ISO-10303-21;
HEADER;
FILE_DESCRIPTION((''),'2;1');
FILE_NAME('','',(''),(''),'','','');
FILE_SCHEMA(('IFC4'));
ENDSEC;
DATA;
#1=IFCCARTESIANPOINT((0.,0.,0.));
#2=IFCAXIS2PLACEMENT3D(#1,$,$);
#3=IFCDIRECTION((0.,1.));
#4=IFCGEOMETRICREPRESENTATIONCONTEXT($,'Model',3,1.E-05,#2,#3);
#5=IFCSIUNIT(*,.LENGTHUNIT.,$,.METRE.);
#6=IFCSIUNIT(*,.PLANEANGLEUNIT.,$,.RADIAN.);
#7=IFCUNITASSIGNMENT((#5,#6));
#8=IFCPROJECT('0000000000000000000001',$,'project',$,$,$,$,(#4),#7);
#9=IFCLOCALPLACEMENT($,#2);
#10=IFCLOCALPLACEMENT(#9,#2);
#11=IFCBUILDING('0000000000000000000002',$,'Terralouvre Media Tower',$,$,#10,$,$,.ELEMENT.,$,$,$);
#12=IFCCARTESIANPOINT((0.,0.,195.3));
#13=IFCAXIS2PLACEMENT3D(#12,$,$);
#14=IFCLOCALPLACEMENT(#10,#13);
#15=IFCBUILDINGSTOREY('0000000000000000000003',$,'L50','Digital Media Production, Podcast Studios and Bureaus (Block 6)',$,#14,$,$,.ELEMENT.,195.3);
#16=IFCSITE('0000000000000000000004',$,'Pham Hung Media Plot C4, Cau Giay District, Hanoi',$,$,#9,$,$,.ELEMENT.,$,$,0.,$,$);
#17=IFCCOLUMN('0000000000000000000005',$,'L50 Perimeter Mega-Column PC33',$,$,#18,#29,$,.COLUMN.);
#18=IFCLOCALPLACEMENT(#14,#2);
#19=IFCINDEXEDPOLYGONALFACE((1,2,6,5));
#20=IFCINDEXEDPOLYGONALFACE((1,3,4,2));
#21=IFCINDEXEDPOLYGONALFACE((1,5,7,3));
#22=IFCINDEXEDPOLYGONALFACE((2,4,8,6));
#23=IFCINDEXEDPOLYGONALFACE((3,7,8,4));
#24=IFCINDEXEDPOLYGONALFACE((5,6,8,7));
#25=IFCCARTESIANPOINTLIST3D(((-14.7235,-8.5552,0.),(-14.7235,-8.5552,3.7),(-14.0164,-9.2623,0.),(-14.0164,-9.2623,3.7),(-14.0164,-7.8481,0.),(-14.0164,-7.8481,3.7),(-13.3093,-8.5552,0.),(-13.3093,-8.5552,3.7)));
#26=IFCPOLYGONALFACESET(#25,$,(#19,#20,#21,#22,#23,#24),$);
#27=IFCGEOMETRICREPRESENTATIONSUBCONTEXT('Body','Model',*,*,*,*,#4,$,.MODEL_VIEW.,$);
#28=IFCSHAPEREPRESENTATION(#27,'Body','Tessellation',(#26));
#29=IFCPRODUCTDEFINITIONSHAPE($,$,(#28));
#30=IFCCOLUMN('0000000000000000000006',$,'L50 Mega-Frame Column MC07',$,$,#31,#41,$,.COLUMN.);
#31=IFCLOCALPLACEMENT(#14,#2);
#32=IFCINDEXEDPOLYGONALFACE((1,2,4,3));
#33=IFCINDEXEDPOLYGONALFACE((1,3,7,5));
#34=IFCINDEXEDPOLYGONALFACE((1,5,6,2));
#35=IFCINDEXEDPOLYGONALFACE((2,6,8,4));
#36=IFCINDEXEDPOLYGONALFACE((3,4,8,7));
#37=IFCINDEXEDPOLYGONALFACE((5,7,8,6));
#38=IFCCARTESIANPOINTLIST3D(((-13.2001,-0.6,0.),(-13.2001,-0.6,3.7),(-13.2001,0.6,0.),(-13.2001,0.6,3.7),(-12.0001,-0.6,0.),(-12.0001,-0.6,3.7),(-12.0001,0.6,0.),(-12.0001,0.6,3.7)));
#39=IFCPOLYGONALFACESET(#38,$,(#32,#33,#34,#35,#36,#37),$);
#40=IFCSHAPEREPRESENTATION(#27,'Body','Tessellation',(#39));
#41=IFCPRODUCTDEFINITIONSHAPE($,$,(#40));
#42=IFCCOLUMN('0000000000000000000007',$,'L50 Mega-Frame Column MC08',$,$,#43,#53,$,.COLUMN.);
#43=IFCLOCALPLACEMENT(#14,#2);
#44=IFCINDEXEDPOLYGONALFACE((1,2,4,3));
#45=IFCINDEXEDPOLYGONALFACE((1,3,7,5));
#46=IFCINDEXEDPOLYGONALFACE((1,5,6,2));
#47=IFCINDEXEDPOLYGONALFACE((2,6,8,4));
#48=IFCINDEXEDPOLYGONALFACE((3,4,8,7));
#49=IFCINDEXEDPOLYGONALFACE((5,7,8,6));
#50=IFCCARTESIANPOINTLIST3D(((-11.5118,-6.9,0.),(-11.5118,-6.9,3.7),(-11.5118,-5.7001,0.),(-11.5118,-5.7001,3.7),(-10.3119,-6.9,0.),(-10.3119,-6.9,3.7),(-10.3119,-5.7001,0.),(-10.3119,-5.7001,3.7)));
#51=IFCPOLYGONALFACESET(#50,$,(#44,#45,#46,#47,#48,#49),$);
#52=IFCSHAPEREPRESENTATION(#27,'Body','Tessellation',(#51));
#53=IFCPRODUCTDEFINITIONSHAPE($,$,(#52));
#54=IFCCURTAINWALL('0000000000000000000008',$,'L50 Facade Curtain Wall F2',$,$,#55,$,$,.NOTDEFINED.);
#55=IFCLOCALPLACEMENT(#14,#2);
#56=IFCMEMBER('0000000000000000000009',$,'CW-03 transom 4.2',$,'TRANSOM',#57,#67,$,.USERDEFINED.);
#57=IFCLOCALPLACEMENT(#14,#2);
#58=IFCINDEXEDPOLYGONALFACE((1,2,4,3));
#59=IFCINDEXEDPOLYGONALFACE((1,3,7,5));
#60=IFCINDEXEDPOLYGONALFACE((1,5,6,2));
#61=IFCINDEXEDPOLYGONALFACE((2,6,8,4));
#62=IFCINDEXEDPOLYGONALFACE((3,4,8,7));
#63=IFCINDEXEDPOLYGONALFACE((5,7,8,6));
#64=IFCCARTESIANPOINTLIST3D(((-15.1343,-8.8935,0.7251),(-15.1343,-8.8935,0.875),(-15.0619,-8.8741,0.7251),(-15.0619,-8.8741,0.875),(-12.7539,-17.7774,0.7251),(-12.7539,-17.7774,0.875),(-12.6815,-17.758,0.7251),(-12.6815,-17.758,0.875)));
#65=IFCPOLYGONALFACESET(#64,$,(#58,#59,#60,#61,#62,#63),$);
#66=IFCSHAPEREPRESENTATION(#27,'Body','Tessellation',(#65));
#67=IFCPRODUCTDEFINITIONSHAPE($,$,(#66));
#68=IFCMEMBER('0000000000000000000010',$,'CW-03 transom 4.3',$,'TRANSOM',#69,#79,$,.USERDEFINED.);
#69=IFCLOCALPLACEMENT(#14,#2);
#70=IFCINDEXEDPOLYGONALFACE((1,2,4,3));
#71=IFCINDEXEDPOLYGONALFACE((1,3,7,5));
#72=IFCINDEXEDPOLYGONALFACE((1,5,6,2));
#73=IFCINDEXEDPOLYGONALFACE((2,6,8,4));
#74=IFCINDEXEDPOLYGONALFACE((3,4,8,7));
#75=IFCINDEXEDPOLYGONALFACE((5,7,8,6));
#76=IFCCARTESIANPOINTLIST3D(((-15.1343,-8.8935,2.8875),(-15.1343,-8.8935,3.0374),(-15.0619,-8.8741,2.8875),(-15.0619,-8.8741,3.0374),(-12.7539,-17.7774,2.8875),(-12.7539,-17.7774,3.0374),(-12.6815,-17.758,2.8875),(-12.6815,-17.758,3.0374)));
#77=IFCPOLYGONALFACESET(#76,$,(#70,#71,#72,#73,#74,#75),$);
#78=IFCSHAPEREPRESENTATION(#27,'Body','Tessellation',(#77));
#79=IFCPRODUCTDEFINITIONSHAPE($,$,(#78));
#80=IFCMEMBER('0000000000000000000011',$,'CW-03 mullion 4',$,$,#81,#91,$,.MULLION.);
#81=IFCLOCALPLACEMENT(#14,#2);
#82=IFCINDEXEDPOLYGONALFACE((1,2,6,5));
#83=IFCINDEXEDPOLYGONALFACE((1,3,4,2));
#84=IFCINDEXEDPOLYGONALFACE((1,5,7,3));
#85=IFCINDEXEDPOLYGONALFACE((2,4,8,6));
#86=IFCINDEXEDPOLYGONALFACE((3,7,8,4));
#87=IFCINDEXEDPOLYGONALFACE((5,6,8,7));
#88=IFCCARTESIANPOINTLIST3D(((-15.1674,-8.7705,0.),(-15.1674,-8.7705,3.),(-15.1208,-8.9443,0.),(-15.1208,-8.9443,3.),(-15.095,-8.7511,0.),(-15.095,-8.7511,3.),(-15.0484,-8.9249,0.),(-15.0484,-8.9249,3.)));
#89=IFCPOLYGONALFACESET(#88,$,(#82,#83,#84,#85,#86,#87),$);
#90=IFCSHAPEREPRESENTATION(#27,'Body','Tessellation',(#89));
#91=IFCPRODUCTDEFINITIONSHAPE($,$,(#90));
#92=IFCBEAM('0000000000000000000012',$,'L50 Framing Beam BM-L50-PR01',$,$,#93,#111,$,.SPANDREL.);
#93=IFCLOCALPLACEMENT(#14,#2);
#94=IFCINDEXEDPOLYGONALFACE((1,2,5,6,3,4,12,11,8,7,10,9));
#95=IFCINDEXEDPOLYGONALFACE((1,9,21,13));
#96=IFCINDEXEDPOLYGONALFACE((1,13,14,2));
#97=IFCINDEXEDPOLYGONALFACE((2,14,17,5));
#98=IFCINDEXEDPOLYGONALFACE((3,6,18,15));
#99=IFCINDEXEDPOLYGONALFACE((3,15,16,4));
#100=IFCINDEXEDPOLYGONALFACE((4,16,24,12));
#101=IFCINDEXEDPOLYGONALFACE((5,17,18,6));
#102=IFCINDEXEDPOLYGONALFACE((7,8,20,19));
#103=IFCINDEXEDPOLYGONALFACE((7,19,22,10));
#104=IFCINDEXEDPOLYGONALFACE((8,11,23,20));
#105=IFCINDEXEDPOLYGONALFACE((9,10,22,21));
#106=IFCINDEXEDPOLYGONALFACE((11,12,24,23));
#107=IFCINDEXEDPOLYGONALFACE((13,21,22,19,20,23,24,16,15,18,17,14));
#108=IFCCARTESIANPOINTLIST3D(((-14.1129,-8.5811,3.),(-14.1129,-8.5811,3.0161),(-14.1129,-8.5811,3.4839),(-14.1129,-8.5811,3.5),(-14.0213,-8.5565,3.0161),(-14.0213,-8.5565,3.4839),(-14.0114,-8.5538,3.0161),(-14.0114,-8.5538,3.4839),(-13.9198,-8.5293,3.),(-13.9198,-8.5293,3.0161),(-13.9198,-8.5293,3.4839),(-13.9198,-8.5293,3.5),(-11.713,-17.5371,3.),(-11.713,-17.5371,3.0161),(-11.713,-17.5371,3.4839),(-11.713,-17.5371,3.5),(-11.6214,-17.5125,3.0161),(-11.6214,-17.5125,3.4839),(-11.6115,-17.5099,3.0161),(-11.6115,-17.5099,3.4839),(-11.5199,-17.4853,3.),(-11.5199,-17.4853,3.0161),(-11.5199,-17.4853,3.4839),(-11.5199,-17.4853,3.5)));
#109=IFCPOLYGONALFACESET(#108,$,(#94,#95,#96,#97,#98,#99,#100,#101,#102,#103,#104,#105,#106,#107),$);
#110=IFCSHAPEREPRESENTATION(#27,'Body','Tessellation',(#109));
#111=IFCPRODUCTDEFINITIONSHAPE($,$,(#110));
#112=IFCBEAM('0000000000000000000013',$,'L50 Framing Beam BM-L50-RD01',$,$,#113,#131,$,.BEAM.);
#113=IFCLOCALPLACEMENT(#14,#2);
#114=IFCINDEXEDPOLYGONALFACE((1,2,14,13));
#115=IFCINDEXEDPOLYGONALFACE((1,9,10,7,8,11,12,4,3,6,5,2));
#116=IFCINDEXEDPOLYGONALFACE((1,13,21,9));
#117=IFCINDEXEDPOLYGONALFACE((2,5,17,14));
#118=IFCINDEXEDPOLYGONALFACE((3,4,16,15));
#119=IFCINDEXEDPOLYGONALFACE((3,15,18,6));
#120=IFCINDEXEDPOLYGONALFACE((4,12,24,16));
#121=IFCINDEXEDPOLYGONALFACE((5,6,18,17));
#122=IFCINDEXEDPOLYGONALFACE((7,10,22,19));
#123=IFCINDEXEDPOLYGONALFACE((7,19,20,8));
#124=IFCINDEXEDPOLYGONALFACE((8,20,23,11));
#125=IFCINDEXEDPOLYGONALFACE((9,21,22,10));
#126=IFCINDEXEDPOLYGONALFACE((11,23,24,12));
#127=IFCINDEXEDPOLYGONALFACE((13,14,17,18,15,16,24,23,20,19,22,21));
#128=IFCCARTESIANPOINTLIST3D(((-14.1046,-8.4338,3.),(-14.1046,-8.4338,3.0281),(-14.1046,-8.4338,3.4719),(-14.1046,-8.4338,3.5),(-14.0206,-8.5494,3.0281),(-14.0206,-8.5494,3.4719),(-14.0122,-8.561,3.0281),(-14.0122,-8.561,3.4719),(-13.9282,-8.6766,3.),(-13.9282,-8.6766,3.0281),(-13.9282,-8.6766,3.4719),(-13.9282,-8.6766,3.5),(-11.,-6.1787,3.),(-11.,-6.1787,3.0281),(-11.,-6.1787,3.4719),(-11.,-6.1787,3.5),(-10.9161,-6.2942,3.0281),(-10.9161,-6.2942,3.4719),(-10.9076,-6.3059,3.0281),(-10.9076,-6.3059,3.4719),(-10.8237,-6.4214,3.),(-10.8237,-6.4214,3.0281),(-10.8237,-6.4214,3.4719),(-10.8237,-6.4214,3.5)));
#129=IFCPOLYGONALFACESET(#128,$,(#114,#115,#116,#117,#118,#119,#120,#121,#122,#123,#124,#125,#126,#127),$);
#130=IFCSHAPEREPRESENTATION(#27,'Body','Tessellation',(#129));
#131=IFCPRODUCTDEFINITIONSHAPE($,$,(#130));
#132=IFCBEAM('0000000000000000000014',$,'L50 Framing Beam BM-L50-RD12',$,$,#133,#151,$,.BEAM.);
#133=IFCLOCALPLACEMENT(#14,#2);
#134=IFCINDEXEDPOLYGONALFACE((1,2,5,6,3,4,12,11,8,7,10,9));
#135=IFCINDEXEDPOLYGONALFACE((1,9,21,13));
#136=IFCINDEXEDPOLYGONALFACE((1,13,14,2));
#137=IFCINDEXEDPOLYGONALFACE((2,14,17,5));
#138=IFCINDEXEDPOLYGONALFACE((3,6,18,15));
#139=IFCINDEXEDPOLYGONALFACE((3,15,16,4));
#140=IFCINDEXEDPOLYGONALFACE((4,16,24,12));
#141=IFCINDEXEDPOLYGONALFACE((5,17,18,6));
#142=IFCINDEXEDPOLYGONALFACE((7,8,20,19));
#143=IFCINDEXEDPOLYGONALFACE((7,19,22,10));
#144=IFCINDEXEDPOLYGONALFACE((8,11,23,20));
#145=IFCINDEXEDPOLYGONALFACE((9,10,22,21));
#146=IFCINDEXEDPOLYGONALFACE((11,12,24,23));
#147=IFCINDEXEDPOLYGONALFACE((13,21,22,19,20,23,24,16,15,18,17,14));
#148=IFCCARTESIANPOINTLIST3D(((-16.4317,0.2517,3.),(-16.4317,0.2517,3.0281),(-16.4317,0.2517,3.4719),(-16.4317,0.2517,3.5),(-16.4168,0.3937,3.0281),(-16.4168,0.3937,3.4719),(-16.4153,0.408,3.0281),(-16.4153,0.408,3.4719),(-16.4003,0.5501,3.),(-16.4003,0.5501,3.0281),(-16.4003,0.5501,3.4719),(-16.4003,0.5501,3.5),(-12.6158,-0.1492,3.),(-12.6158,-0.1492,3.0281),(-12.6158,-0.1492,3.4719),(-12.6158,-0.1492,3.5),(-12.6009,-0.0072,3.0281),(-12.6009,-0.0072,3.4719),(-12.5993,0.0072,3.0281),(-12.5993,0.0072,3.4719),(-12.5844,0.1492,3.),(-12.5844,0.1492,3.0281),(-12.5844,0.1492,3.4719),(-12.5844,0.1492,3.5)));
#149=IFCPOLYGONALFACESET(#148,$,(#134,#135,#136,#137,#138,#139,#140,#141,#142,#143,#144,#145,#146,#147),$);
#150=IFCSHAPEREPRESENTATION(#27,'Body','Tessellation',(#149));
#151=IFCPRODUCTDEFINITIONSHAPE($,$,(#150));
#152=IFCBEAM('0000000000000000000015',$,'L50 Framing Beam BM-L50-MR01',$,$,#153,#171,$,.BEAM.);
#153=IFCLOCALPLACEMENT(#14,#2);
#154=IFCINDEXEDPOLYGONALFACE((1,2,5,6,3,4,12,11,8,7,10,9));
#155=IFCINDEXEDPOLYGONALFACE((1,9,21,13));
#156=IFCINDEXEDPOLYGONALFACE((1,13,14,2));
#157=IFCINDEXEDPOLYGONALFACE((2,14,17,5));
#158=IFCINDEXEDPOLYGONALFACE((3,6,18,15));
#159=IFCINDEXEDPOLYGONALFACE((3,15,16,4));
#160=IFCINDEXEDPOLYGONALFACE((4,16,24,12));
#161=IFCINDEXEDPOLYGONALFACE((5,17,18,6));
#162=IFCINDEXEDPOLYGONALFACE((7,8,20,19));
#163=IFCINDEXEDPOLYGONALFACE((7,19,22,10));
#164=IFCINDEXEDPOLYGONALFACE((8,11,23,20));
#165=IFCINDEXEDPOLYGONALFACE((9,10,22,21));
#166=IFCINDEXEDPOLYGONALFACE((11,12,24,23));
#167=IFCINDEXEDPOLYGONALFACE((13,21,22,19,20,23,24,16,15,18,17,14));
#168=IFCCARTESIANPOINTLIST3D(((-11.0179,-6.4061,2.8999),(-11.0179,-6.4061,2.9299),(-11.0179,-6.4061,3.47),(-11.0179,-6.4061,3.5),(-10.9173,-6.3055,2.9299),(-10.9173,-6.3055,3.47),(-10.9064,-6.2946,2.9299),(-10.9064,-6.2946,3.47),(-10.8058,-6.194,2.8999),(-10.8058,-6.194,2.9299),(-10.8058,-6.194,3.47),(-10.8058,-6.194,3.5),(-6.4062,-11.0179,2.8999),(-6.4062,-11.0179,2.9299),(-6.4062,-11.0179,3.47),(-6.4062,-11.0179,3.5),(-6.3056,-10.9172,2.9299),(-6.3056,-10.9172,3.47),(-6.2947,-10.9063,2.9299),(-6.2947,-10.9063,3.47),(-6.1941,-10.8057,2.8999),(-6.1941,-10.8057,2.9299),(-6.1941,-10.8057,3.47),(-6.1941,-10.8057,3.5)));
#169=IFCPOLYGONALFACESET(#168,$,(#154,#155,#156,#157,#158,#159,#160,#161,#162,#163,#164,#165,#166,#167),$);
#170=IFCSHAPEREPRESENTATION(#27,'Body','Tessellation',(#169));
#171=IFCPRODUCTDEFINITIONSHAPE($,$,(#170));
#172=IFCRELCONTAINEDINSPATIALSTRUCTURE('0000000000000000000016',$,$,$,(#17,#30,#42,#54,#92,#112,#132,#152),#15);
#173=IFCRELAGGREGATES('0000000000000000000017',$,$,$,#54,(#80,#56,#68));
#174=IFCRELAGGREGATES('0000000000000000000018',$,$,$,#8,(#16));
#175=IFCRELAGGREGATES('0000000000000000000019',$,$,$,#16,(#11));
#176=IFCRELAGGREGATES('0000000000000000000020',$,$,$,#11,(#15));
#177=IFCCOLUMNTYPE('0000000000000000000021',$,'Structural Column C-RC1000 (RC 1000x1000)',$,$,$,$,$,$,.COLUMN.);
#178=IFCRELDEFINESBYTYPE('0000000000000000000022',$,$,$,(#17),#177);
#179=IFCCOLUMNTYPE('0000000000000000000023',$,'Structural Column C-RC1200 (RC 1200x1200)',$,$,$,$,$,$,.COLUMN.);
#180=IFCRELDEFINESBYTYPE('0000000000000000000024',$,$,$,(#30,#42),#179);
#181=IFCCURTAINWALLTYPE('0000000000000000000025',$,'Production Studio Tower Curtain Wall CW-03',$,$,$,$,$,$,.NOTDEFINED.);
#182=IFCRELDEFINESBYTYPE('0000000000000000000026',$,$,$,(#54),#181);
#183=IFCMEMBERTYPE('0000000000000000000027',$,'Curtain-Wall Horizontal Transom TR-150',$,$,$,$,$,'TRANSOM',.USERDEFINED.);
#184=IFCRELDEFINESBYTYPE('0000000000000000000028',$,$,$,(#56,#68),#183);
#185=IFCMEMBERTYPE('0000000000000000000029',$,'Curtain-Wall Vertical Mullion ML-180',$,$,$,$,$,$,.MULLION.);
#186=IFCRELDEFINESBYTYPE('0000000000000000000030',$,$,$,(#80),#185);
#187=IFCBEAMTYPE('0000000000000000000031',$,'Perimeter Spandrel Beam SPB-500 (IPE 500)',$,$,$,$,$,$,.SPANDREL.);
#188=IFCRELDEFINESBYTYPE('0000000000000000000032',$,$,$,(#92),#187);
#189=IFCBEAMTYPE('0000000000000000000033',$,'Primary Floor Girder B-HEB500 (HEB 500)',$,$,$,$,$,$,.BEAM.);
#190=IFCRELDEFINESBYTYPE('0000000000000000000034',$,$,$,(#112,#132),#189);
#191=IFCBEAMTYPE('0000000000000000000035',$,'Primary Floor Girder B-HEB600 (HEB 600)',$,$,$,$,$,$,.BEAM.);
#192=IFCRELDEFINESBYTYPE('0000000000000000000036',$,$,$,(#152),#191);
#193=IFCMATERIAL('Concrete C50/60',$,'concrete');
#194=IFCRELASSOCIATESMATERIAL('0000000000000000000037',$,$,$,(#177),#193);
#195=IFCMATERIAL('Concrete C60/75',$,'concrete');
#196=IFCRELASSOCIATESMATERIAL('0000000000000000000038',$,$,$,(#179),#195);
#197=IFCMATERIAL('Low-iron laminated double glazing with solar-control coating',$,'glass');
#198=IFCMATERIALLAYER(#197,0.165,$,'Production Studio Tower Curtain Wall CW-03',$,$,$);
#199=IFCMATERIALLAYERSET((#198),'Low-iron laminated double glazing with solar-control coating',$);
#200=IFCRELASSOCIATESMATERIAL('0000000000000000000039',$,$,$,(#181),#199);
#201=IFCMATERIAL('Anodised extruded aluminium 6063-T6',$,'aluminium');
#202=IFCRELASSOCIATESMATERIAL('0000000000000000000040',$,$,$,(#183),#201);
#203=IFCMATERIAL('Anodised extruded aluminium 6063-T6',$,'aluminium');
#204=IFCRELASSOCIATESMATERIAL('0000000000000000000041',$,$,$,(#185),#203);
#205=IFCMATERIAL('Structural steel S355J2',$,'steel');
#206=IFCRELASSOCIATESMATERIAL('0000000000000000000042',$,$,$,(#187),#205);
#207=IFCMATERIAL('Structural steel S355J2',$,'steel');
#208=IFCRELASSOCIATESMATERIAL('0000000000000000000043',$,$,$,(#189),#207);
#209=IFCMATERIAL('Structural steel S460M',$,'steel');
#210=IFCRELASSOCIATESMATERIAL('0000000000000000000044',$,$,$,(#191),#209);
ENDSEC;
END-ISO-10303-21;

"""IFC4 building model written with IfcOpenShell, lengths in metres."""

from ifc_helpers import new_model, si_unit, direction, frame, origin, origin_2d, place, context, subcontext, project, spatial, rectangle, i_section, extrude, material, layer, layer_set, material_profile, profile_set, type_object, element, aggregate, save


model = new_model("IFC4")

# Units and contexts
model_context = context("Model", 3, precision=1e-05, world=origin(), true_north=direction((0.0, 1.0)))
body_context = subcontext(model_context, "Body", "Model", "MODEL_VIEW")
ifc_project = project(units=[si_unit("LENGTHUNIT", "METRE"), si_unit("PLANEANGLEUNIT", "RADIAN")], contexts=[model_context])

# Site, building, storey
site_placement = place(None, origin())
site = spatial("IfcSite", under=ifc_project, at=site_placement, Name="Pham Hung Media Plot C4, Cau Giay District, Hanoi", CompositionType="ELEMENT", RefElevation=0.0)
building_placement = place(site_placement, origin())
building = spatial("IfcBuilding", under=site, at=building_placement, Name="Terralouvre Media Tower", CompositionType="ELEMENT")
storey_placement = place(building_placement, frame((0.0, 0.0, 195.3)))
storey = spatial("IfcBuildingStorey", under=building, at=storey_placement, Name="L50", Description="Digital Media Production, Podcast Studios and Bureaus (Block 6)", CompositionType="ELEMENT", Elevation=195.3)

# Columns
ifc_material_1 = material(Name="Concrete C50/60", Category="concrete")
ifc_material_profile_1 = material_profile(ifc_material_1, rectangle(XDim=1.0, YDim=1.0, at=origin_2d()), Name="RC 1000x1000")
ifc_profile_set_1 = profile_set([ifc_material_profile_1], Name="Concrete C50/60")
column_type_1 = type_object("IfcColumnType", Name="Structural Column C-RC1000 (RC 1000x1000)", PredefinedType="COLUMN", material=ifc_profile_set_1)
column_placement = place(storey_placement, frame((-14.0164, -8.5552, 0.0), z_axis=(0.0, 0.0, 1.0), x_axis=(0.707107, 0.707107, 0.0)))
element("IfcColumn", 1, at=column_placement, inside=storey, type_object=column_type_1, Name="L50 Perimeter Mega-Column PC33", PredefinedType="COLUMN", context=body_context, shape_type="SweptSolid", body=[
    extrude(rectangle(XDim=1.0, YDim=1.0, at=origin_2d()), origin(), (0.0, 0.0, 1.0), 3.7),
])
ifc_material_2 = material(Name="Concrete C60/75", Category="concrete")
ifc_material_profile_2 = material_profile(ifc_material_2, rectangle(XDim=1.2, YDim=1.2, at=origin_2d()), Name="RC 1200x1200")
ifc_profile_set_2 = profile_set([ifc_material_profile_2], Name="Concrete C60/75")
column_type_2 = type_object("IfcColumnType", Name="Structural Column C-RC1200 (RC 1200x1200)", PredefinedType="COLUMN", material=ifc_profile_set_2)
for number, where, z_axis, x_axis, name in (
    (2, (-12.6001, 0.0, 0.0), (0.0, 0.0, 1.0), (1.0, 0.0, 0.0), "L50 Mega-Frame Column MC07"),
    (3, (-10.9119, -6.3, 0.0), (0.0, 0.0, 1.0), (1.0, 0.0, 0.0), "L50 Mega-Frame Column MC08"),
):
    element("IfcColumn", number, at=place(storey_placement, frame(where, z_axis=z_axis, x_axis=x_axis)), inside=storey, type_object=column_type_2, Name=name, PredefinedType="COLUMN", context=body_context, shape_type="SweptSolid", body=[
        extrude(rectangle(XDim=1.2, YDim=1.2, at=origin_2d()), origin(), (0.0, 0.0, 1.0), 3.7),
    ])

# Curtain wall, members
ifc_material_3 = material(Name="Low-iron laminated double glazing with solar-control coating", Category="glass")
ifc_layer_1 = layer(ifc_material_3, 0.165, Name="Production Studio Tower Curtain Wall CW-03")
ifc_layer_set_1 = layer_set([ifc_layer_1], Name="Low-iron laminated double glazing with solar-control coating")
curtain_wall_type = type_object("IfcCurtainWallType", Name="Production Studio Tower Curtain Wall CW-03", PredefinedType="NOTDEFINED", material=ifc_layer_set_1)
curtain_wall_placement = place(storey_placement, origin())
curtain_wall = element("IfcCurtainWall", 4, at=curtain_wall_placement, inside=storey, type_object=curtain_wall_type, Name="L50 Facade Curtain Wall F2", PredefinedType="NOTDEFINED")
ifc_material_4 = material(Name="Anodised extruded aluminium 6063-T6", Category="aluminium")
ifc_material_profile_3 = material_profile(ifc_material_4, rectangle(XDim=0.075, YDim=0.1499, at=origin_2d()), Name="ALU 75x150")
ifc_profile_set_3 = profile_set([ifc_material_profile_3], Name="Anodised extruded aluminium 6063-T6")
member_type_1 = type_object("IfcMemberType", Name="Curtain-Wall Horizontal Transom TR-150", ElementType="TRANSOM", PredefinedType="USERDEFINED", material=ifc_profile_set_3)
member_1_placement = place(storey_placement, frame((-15.0981, -8.8838, 0.8), z_axis=(0.258816, -0.965927, 0.0), x_axis=(0.965927, 0.258816, 0.0)))
member_1 = element("IfcMember", 5, at=member_1_placement, type_object=member_type_1, Name="CW-03 transom 4.2", ObjectType="TRANSOM", PredefinedType="USERDEFINED", context=body_context, shape_type="SweptSolid", body=[
    extrude(rectangle(XDim=0.075, YDim=0.1499, at=origin_2d()), origin(), (0.0, 0.0, 1.0), 9.1973),
])
member_2_placement = place(storey_placement, frame((-15.0981, -8.8838, 2.9624), z_axis=(0.258816, -0.965927, 0.0), x_axis=(0.965927, 0.258816, 0.0)))
member_2 = element("IfcMember", 6, at=member_2_placement, type_object=member_type_1, Name="CW-03 transom 4.3", ObjectType="TRANSOM", PredefinedType="USERDEFINED", context=body_context, shape_type="SweptSolid", body=[
    extrude(rectangle(XDim=0.075, YDim=0.1499, at=origin_2d()), origin(), (0.0, 0.0, 1.0), 9.1973),
])
ifc_material_5 = material(Name="Anodised extruded aluminium 6063-T6", Category="aluminium")
ifc_material_profile_4 = material_profile(ifc_material_5, rectangle(XDim=0.075, YDim=0.1799, at=origin_2d()), Name="ALU 75x180")
ifc_profile_set_4 = profile_set([ifc_material_profile_4], Name="Anodised extruded aluminium 6063-T6")
member_type_2 = type_object("IfcMemberType", Name="Curtain-Wall Vertical Mullion ML-180", PredefinedType="MULLION", material=ifc_profile_set_4)
member_3_placement = place(storey_placement, frame((-15.1079, -8.8477, 0.0), z_axis=(0.0, 0.0, 1.0), x_axis=(0.965926, 0.258819, 0.0)))
member_3 = element("IfcMember", 7, at=member_3_placement, type_object=member_type_2, Name="CW-03 mullion 4", PredefinedType="MULLION", context=body_context, shape_type="SweptSolid", body=[
    extrude(rectangle(XDim=0.075, YDim=0.1799, at=origin_2d()), origin(), (0.0, 0.0, 1.0), 3.0),
])

# Beams
ifc_material_6 = material(Name="Structural steel S355J2", Category="steel")
ifc_material_profile_5 = material_profile(ifc_material_6, i_section(OverallWidth=0.2, OverallDepth=0.5, WebThickness=0.0103, FlangeThickness=0.0161, at=origin_2d()), Name="IPE 500")
ifc_profile_set_5 = profile_set([ifc_material_profile_5], Name="Structural steel S355J2")
beam_type_1 = type_object("IfcBeamType", Name="Perimeter Spandrel Beam SPB-500 (IPE 500)", PredefinedType="SPANDREL", material=ifc_profile_set_5)
beam_1_placement = place(storey_placement, frame((-14.0164, -8.5552, 3.25), z_axis=(0.258833, -0.965922, 0.0), x_axis=(0.965922, 0.258833, 0.0)))
element("IfcBeam", 8, at=beam_1_placement, inside=storey, type_object=beam_type_1, Name="L50 Framing Beam BM-L50-PR01", PredefinedType="SPANDREL", context=body_context, shape_type="SweptSolid", body=[
    extrude(i_section(OverallWidth=0.2, OverallDepth=0.5, WebThickness=0.0103, FlangeThickness=0.0161, at=origin_2d()), origin(), (0.0, 0.0, 1.0), 9.272),
])
ifc_material_7 = material(Name="Structural steel S355J2", Category="steel")
ifc_material_profile_6 = material_profile(ifc_material_7, i_section(OverallWidth=0.3, OverallDepth=0.5, WebThickness=0.0144, FlangeThickness=0.0281, at=origin_2d()), Name="HEB 500")
ifc_profile_set_6 = profile_set([ifc_material_profile_6], Name="Structural steel S355J2")
beam_type_2 = type_object("IfcBeamType", Name="Primary Floor Girder B-HEB500 (HEB 500)", PredefinedType="BEAM", material=ifc_profile_set_6)
beam_2_placement = place(storey_placement, frame((-10.9119, -6.3, 3.25), z_axis=(-0.809069, -0.587714, 0.0), x_axis=(0.587714, -0.809069, 0.0)))
element("IfcBeam", 9, at=beam_2_placement, inside=storey, type_object=beam_type_2, Name="L50 Framing Beam BM-L50-RD01", PredefinedType="BEAM", context=body_context, shape_type="SweptSolid", body=[
    extrude(i_section(OverallWidth=0.3, OverallDepth=0.5, WebThickness=0.0144, FlangeThickness=0.0281, at=origin_2d()), origin(), (0.0, 0.0, 1.0), 3.8372),
])
beam_3_placement = place(storey_placement, frame((-12.6001, 0.0, 3.25), z_axis=(-0.994527, 0.104479, 0.0), x_axis=(-0.104479, -0.994527, 0.0)))
element("IfcBeam", 10, at=beam_3_placement, inside=storey, type_object=beam_type_2, Name="L50 Framing Beam BM-L50-RD12", PredefinedType="BEAM", context=body_context, shape_type="SweptSolid", body=[
    extrude(i_section(OverallWidth=0.3, OverallDepth=0.5, WebThickness=0.0144, FlangeThickness=0.0281, at=origin_2d()), origin(), (0.0, 0.0, 1.0), 3.8369),
])
ifc_material_8 = material(Name="Structural steel S460M", Category="steel")
ifc_material_profile_7 = material_profile(ifc_material_8, i_section(OverallWidth=0.3, OverallDepth=0.6001, WebThickness=0.0154, FlangeThickness=0.03, at=origin_2d()), Name="HEB 600")
ifc_profile_set_7 = profile_set([ifc_material_profile_7], Name="Structural steel S460M")
beam_type_3 = type_object("IfcBeamType", Name="Primary Floor Girder B-HEB600 (HEB 600)", PredefinedType="BEAM", material=ifc_profile_set_7)
beam_4_placement = place(storey_placement, frame((-10.9119, -6.3, 3.2), z_axis=(0.707107, -0.707107, 0.0), x_axis=(0.707107, 0.707107, 0.0)))
element("IfcBeam", 11, at=beam_4_placement, inside=storey, type_object=beam_type_3, Name="L50 Framing Beam BM-L50-MR01", PredefinedType="BEAM", context=body_context, shape_type="SweptSolid", body=[
    extrude(i_section(OverallWidth=0.3, OverallDepth=0.6001, WebThickness=0.0154, FlangeThickness=0.03, at=origin_2d()), origin(), (0.0, 0.0, 1.0), 6.522),
])

aggregate(curtain_wall, [member_3, member_1, member_2])

save(model, "model.ifc")
